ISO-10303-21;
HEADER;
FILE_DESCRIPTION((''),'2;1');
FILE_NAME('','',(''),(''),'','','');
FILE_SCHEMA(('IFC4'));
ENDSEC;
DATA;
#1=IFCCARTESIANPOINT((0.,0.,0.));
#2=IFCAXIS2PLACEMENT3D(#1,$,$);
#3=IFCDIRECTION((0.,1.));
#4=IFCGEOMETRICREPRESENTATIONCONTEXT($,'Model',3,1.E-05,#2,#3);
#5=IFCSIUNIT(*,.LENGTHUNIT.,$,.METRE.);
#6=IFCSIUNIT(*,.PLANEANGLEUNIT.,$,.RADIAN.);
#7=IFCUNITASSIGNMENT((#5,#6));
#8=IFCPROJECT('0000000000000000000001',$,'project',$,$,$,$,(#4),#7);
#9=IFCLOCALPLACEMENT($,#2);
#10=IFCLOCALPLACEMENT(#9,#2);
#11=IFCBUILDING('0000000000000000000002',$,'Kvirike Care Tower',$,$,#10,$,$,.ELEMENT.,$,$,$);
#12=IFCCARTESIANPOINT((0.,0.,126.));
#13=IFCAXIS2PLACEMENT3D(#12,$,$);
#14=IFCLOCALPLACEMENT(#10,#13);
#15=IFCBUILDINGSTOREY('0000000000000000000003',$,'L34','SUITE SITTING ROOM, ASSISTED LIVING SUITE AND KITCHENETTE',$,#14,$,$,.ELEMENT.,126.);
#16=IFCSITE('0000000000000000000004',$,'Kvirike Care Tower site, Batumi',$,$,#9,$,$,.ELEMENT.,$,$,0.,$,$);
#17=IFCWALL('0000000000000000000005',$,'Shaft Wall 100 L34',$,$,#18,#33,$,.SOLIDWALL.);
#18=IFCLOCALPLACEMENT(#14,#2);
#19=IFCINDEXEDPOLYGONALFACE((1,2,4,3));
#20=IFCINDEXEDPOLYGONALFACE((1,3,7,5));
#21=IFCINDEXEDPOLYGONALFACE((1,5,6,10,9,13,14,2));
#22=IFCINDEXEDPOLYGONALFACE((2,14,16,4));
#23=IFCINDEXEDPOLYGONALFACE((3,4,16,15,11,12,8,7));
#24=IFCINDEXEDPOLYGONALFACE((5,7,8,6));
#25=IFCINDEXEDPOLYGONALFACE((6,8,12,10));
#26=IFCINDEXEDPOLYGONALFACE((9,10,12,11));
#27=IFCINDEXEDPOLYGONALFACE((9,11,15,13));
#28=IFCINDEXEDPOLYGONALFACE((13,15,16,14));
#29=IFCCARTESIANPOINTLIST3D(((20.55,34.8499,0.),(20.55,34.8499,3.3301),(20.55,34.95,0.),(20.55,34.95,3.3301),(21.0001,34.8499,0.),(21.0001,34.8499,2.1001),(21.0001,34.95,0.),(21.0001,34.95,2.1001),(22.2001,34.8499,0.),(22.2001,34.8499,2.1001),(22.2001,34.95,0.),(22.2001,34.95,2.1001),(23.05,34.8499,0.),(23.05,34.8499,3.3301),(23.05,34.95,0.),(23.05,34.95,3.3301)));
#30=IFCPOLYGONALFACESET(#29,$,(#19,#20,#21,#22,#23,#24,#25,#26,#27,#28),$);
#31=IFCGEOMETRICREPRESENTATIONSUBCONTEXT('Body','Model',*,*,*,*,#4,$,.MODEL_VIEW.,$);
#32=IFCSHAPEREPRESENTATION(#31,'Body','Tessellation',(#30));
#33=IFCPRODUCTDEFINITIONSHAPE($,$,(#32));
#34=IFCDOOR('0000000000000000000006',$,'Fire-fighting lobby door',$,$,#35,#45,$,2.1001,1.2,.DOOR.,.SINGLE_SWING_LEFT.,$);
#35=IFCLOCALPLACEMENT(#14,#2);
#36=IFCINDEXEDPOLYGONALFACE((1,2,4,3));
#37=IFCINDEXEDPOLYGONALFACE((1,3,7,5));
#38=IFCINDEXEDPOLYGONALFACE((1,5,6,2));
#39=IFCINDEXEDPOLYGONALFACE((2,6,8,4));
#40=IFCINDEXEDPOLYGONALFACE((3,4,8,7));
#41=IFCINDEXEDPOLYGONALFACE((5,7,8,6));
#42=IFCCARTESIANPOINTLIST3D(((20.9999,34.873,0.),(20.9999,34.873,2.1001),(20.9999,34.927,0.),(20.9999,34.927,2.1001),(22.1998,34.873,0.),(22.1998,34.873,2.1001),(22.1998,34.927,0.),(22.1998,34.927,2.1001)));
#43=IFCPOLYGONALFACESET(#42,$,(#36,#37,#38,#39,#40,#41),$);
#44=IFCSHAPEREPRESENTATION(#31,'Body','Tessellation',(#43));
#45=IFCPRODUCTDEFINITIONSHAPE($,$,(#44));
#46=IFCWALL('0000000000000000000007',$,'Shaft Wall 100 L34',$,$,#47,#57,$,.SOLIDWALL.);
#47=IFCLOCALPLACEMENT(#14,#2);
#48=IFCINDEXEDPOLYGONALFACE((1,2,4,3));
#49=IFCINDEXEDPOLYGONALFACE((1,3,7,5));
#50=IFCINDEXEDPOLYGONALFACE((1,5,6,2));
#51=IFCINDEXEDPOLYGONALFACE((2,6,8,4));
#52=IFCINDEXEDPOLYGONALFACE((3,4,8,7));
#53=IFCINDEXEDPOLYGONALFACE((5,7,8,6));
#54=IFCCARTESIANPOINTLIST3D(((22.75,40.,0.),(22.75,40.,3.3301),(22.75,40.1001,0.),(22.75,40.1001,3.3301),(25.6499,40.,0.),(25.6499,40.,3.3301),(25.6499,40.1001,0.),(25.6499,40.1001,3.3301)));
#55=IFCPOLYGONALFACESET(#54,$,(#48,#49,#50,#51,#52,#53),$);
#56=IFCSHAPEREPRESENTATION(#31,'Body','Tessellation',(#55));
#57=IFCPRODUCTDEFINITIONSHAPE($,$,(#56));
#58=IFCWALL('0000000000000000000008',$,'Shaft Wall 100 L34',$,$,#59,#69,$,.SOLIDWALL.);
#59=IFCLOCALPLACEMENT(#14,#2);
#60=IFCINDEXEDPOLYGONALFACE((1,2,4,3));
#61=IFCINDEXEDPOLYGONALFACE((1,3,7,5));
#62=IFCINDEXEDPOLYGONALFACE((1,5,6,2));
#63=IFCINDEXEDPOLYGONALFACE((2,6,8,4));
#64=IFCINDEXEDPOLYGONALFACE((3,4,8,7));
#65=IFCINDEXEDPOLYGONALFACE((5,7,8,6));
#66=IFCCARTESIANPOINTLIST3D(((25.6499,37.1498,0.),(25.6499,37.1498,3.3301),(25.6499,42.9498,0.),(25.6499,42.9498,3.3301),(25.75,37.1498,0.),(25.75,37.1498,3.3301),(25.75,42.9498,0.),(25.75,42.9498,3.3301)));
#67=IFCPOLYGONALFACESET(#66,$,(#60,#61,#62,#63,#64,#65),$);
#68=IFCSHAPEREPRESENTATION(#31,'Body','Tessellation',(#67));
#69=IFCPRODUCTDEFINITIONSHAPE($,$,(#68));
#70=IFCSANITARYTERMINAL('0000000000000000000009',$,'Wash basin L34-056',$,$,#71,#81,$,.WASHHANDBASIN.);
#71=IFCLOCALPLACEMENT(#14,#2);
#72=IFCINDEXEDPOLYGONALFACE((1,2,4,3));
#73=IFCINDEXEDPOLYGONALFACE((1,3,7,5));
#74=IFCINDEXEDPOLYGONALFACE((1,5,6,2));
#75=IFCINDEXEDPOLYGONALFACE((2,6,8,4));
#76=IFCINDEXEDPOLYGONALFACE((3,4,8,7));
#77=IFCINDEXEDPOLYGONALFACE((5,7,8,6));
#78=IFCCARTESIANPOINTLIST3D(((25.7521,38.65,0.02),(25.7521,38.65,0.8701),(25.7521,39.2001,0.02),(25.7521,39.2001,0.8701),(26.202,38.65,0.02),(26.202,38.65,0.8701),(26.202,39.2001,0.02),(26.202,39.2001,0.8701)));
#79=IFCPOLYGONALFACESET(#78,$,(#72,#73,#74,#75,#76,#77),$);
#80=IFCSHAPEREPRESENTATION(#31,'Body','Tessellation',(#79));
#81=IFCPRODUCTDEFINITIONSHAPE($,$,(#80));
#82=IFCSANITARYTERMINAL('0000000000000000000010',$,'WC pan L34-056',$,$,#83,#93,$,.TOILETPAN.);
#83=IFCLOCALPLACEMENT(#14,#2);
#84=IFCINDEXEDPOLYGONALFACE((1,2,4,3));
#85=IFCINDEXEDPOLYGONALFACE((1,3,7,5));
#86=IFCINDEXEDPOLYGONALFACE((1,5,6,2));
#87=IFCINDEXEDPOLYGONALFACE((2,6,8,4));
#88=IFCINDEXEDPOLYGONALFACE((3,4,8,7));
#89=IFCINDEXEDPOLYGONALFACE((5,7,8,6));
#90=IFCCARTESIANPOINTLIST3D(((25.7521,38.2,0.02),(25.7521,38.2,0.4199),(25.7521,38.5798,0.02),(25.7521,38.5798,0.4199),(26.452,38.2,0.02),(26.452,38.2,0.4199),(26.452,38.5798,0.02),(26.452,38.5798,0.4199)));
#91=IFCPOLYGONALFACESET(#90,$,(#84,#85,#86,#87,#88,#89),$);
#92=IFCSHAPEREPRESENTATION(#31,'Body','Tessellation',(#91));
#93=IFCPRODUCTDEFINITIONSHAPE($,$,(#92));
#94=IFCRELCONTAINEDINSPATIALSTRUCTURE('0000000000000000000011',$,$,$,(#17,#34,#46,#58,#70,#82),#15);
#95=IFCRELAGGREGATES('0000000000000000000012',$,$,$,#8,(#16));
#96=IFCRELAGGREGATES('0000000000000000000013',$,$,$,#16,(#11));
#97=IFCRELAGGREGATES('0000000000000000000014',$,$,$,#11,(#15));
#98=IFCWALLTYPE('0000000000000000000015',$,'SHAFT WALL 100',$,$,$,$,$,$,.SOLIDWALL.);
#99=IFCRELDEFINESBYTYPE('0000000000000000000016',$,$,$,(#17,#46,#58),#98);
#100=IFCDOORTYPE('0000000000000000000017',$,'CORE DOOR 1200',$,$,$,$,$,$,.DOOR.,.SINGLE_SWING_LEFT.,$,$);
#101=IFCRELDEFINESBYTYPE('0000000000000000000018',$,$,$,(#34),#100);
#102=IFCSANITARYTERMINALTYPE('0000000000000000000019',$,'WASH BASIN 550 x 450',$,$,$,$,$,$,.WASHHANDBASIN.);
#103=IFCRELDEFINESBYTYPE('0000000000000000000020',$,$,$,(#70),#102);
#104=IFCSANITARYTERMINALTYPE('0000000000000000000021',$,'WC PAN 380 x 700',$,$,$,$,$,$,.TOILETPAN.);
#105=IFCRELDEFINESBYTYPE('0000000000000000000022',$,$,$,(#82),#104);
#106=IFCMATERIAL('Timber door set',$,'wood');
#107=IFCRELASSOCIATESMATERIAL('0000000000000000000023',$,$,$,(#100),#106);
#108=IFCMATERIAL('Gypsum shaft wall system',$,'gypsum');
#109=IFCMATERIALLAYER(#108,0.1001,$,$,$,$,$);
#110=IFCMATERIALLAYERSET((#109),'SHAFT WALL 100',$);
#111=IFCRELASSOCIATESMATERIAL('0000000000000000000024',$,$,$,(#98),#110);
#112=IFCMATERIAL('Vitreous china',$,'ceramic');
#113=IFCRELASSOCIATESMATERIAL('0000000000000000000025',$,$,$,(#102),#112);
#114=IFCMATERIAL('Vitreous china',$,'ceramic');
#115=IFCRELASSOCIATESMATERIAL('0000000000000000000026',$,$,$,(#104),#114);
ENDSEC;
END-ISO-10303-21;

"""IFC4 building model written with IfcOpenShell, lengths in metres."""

from ifc_helpers import new_model, si_unit, direction, frame, frame_2d, origin, origin_2d, place, context, subcontext, project, spatial, rectangle, extrude, material, layer, layer_set, type_object, element, fill, save


model = new_model("IFC4")

# Units and contexts
model_context = context("Model", 3, precision=1e-05, world=origin(), true_north=direction((0.0, 1.0)))
body_context = subcontext(model_context, "Body", "Model", "MODEL_VIEW")
ifc_project = project(units=[si_unit("LENGTHUNIT", "METRE"), si_unit("PLANEANGLEUNIT", "RADIAN")], contexts=[model_context])

# Site, building, storey
site_placement = place(None, origin())
site = spatial("IfcSite", under=ifc_project, at=site_placement, Name="Kvirike Care Tower site, Batumi", CompositionType="ELEMENT", RefElevation=0.0)
building_placement = place(site_placement, origin())
building = spatial("IfcBuilding", under=site, at=building_placement, Name="Kvirike Care Tower", CompositionType="ELEMENT")
storey_placement = place(building_placement, frame((0.0, 0.0, 126.0)))
storey = spatial("IfcBuildingStorey", under=building, at=storey_placement, Name="L34", Description="SUITE SITTING ROOM, ASSISTED LIVING SUITE AND KITCHENETTE", CompositionType="ELEMENT", Elevation=126.0)

# Shared definitions
ifc_material_1 = material(Name="Timber door set", Category="wood")
door_type_1 = type_object("IfcDoorType", Name="CORE DOOR 1200", OperationType="SINGLE_SWING_LEFT", PredefinedType="DOOR", material=ifc_material_1)

# Shared definitions
ifc_material_2 = material(Name="Gypsum shaft wall system", Category="gypsum")
ifc_layer_1 = layer(ifc_material_2, 0.1001)
ifc_layer_set_1 = layer_set([ifc_layer_1], Name="SHAFT WALL 100")
wall_type_1 = type_object("IfcWallType", Name="SHAFT WALL 100", PredefinedType="SOLIDWALL", material=ifc_layer_set_1)

# Wall, opening, door
wall_1_placement = place(storey_placement, frame((20.55, 34.8999, 0.0), z_axis=(0.0, 0.0, 1.0), x_axis=(1.0, 0.0, 0.0)))
wall_1 = element("IfcWall", 1, at=wall_1_placement, inside=storey, type_object=wall_type_1, Name="Shaft Wall 100 L34", PredefinedType="SOLIDWALL", context=body_context, shape_type="SweptSolid", body=[
    extrude(rectangle(XDim=2.5, YDim=0.1001, at=frame_2d((1.25, 0.0))), origin(), (0.0, 0.0, 1.0), 3.3301),
])
opening_1_placement = place(wall_1_placement, frame((0.45, 0.0, 0.0)))
opening_1 = element("IfcOpeningElement", 2, at=opening_1_placement, cuts=wall_1, PredefinedType="OPENING", context=body_context, shape_type="SweptSolid", body=[
    extrude(rectangle(XDim=1.2, YDim=2.1001, at=frame_2d((0.6001, 1.05))), frame((0.0, 0.0605, 0.0), z_axis=(0.0, -1.0, 0.0), x_axis=(1.0, 0.0, 0.0)), (0.0, 0.0, 1.0), 0.1211),
])
door_1_placement = place(opening_1_placement, frame((1.2, 0.0, 0.0), z_axis=(0.0, 0.0, 1.0), x_axis=(-1.0, 0.0, 0.0)))
door_1 = element("IfcDoor", 3, at=door_1_placement, inside=storey, type_object=door_type_1, Name="Fire-fighting lobby door", OperationType="SINGLE_SWING_LEFT", OverallHeight=2.1001, OverallWidth=1.2, PredefinedType="DOOR", context=body_context, shape_type="SweptSolid", body=[
    extrude(rectangle(XDim=1.2, YDim=2.1001, at=frame_2d((0.6001, 1.05))), frame((0.0, 0.0269, 0.0), z_axis=(0.0, -1.0, 0.0), x_axis=(1.0, 0.0, 0.0)), (0.0, 0.0, 1.0), 0.054),
])
fill(opening_1, door_1)

# Walls
wall_2_placement = place(storey_placement, frame((22.75, 40.05, 0.0), z_axis=(0.0, 0.0, 1.0), x_axis=(1.0, 0.0, 0.0)))
element("IfcWall", 4, at=wall_2_placement, inside=storey, type_object=wall_type_1, Name="Shaft Wall 100 L34", PredefinedType="SOLIDWALL", context=body_context, shape_type="SweptSolid", body=[
    extrude(rectangle(XDim=2.8999, YDim=0.1001, at=frame_2d((1.45, 0.0))), origin(), (0.0, 0.0, 1.0), 3.3301),
])
wall_3_placement = place(storey_placement, frame((25.7, 37.1499, 0.0), z_axis=(0.0, 0.0, 1.0), x_axis=(0.0, 1.0, 0.0)))
element("IfcWall", 5, at=wall_3_placement, inside=storey, type_object=wall_type_1, Name="Shaft Wall 100 L34", PredefinedType="SOLIDWALL", context=body_context, shape_type="SweptSolid", body=[
    extrude(rectangle(XDim=5.8, YDim=0.1001, at=frame_2d((2.8999, 0.0))), origin(), (0.0, 0.0, 1.0), 3.3301),
])

# Sanitary terminals
ifc_material_3 = material(Name="Vitreous china", Category="ceramic")
sanitary_terminal_type_1 = type_object("IfcSanitaryTerminalType", Name="WASH BASIN 550 x 450", PredefinedType="WASHHANDBASIN", material=ifc_material_3)
sanitary_terminal_1_placement = place(storey_placement, frame((25.9771, 38.925, 0.02), z_axis=(0.0, 0.0, 1.0), x_axis=(0.0, 1.0, 0.0)))
element("IfcSanitaryTerminal", 6, at=sanitary_terminal_1_placement, inside=storey, type_object=sanitary_terminal_type_1, Name="Wash basin L34-056", PredefinedType="WASHHANDBASIN", context=body_context, shape_type="SweptSolid", body=[
    extrude(rectangle(XDim=0.55, YDim=0.45, at=origin_2d()), origin(), (0.0, 0.0, 1.0), 0.8501),
])
ifc_material_4 = material(Name="Vitreous china", Category="ceramic")
sanitary_terminal_type_2 = type_object("IfcSanitaryTerminalType", Name="WC PAN 380 x 700", PredefinedType="TOILETPAN", material=ifc_material_4)
sanitary_terminal_2_placement = place(storey_placement, frame((26.1021, 38.3899, 0.02), z_axis=(0.0, 0.0, 1.0), x_axis=(0.0, 1.0, 0.0)))
element("IfcSanitaryTerminal", 7, at=sanitary_terminal_2_placement, inside=storey, type_object=sanitary_terminal_type_2, Name="WC pan L34-056", PredefinedType="TOILETPAN", context=body_context, shape_type="SweptSolid", body=[
    extrude(rectangle(XDim=0.3799, YDim=0.7, at=origin_2d()), origin(), (0.0, 0.0, 1.0), 0.3999),
])

save(model, "model.ifc")
